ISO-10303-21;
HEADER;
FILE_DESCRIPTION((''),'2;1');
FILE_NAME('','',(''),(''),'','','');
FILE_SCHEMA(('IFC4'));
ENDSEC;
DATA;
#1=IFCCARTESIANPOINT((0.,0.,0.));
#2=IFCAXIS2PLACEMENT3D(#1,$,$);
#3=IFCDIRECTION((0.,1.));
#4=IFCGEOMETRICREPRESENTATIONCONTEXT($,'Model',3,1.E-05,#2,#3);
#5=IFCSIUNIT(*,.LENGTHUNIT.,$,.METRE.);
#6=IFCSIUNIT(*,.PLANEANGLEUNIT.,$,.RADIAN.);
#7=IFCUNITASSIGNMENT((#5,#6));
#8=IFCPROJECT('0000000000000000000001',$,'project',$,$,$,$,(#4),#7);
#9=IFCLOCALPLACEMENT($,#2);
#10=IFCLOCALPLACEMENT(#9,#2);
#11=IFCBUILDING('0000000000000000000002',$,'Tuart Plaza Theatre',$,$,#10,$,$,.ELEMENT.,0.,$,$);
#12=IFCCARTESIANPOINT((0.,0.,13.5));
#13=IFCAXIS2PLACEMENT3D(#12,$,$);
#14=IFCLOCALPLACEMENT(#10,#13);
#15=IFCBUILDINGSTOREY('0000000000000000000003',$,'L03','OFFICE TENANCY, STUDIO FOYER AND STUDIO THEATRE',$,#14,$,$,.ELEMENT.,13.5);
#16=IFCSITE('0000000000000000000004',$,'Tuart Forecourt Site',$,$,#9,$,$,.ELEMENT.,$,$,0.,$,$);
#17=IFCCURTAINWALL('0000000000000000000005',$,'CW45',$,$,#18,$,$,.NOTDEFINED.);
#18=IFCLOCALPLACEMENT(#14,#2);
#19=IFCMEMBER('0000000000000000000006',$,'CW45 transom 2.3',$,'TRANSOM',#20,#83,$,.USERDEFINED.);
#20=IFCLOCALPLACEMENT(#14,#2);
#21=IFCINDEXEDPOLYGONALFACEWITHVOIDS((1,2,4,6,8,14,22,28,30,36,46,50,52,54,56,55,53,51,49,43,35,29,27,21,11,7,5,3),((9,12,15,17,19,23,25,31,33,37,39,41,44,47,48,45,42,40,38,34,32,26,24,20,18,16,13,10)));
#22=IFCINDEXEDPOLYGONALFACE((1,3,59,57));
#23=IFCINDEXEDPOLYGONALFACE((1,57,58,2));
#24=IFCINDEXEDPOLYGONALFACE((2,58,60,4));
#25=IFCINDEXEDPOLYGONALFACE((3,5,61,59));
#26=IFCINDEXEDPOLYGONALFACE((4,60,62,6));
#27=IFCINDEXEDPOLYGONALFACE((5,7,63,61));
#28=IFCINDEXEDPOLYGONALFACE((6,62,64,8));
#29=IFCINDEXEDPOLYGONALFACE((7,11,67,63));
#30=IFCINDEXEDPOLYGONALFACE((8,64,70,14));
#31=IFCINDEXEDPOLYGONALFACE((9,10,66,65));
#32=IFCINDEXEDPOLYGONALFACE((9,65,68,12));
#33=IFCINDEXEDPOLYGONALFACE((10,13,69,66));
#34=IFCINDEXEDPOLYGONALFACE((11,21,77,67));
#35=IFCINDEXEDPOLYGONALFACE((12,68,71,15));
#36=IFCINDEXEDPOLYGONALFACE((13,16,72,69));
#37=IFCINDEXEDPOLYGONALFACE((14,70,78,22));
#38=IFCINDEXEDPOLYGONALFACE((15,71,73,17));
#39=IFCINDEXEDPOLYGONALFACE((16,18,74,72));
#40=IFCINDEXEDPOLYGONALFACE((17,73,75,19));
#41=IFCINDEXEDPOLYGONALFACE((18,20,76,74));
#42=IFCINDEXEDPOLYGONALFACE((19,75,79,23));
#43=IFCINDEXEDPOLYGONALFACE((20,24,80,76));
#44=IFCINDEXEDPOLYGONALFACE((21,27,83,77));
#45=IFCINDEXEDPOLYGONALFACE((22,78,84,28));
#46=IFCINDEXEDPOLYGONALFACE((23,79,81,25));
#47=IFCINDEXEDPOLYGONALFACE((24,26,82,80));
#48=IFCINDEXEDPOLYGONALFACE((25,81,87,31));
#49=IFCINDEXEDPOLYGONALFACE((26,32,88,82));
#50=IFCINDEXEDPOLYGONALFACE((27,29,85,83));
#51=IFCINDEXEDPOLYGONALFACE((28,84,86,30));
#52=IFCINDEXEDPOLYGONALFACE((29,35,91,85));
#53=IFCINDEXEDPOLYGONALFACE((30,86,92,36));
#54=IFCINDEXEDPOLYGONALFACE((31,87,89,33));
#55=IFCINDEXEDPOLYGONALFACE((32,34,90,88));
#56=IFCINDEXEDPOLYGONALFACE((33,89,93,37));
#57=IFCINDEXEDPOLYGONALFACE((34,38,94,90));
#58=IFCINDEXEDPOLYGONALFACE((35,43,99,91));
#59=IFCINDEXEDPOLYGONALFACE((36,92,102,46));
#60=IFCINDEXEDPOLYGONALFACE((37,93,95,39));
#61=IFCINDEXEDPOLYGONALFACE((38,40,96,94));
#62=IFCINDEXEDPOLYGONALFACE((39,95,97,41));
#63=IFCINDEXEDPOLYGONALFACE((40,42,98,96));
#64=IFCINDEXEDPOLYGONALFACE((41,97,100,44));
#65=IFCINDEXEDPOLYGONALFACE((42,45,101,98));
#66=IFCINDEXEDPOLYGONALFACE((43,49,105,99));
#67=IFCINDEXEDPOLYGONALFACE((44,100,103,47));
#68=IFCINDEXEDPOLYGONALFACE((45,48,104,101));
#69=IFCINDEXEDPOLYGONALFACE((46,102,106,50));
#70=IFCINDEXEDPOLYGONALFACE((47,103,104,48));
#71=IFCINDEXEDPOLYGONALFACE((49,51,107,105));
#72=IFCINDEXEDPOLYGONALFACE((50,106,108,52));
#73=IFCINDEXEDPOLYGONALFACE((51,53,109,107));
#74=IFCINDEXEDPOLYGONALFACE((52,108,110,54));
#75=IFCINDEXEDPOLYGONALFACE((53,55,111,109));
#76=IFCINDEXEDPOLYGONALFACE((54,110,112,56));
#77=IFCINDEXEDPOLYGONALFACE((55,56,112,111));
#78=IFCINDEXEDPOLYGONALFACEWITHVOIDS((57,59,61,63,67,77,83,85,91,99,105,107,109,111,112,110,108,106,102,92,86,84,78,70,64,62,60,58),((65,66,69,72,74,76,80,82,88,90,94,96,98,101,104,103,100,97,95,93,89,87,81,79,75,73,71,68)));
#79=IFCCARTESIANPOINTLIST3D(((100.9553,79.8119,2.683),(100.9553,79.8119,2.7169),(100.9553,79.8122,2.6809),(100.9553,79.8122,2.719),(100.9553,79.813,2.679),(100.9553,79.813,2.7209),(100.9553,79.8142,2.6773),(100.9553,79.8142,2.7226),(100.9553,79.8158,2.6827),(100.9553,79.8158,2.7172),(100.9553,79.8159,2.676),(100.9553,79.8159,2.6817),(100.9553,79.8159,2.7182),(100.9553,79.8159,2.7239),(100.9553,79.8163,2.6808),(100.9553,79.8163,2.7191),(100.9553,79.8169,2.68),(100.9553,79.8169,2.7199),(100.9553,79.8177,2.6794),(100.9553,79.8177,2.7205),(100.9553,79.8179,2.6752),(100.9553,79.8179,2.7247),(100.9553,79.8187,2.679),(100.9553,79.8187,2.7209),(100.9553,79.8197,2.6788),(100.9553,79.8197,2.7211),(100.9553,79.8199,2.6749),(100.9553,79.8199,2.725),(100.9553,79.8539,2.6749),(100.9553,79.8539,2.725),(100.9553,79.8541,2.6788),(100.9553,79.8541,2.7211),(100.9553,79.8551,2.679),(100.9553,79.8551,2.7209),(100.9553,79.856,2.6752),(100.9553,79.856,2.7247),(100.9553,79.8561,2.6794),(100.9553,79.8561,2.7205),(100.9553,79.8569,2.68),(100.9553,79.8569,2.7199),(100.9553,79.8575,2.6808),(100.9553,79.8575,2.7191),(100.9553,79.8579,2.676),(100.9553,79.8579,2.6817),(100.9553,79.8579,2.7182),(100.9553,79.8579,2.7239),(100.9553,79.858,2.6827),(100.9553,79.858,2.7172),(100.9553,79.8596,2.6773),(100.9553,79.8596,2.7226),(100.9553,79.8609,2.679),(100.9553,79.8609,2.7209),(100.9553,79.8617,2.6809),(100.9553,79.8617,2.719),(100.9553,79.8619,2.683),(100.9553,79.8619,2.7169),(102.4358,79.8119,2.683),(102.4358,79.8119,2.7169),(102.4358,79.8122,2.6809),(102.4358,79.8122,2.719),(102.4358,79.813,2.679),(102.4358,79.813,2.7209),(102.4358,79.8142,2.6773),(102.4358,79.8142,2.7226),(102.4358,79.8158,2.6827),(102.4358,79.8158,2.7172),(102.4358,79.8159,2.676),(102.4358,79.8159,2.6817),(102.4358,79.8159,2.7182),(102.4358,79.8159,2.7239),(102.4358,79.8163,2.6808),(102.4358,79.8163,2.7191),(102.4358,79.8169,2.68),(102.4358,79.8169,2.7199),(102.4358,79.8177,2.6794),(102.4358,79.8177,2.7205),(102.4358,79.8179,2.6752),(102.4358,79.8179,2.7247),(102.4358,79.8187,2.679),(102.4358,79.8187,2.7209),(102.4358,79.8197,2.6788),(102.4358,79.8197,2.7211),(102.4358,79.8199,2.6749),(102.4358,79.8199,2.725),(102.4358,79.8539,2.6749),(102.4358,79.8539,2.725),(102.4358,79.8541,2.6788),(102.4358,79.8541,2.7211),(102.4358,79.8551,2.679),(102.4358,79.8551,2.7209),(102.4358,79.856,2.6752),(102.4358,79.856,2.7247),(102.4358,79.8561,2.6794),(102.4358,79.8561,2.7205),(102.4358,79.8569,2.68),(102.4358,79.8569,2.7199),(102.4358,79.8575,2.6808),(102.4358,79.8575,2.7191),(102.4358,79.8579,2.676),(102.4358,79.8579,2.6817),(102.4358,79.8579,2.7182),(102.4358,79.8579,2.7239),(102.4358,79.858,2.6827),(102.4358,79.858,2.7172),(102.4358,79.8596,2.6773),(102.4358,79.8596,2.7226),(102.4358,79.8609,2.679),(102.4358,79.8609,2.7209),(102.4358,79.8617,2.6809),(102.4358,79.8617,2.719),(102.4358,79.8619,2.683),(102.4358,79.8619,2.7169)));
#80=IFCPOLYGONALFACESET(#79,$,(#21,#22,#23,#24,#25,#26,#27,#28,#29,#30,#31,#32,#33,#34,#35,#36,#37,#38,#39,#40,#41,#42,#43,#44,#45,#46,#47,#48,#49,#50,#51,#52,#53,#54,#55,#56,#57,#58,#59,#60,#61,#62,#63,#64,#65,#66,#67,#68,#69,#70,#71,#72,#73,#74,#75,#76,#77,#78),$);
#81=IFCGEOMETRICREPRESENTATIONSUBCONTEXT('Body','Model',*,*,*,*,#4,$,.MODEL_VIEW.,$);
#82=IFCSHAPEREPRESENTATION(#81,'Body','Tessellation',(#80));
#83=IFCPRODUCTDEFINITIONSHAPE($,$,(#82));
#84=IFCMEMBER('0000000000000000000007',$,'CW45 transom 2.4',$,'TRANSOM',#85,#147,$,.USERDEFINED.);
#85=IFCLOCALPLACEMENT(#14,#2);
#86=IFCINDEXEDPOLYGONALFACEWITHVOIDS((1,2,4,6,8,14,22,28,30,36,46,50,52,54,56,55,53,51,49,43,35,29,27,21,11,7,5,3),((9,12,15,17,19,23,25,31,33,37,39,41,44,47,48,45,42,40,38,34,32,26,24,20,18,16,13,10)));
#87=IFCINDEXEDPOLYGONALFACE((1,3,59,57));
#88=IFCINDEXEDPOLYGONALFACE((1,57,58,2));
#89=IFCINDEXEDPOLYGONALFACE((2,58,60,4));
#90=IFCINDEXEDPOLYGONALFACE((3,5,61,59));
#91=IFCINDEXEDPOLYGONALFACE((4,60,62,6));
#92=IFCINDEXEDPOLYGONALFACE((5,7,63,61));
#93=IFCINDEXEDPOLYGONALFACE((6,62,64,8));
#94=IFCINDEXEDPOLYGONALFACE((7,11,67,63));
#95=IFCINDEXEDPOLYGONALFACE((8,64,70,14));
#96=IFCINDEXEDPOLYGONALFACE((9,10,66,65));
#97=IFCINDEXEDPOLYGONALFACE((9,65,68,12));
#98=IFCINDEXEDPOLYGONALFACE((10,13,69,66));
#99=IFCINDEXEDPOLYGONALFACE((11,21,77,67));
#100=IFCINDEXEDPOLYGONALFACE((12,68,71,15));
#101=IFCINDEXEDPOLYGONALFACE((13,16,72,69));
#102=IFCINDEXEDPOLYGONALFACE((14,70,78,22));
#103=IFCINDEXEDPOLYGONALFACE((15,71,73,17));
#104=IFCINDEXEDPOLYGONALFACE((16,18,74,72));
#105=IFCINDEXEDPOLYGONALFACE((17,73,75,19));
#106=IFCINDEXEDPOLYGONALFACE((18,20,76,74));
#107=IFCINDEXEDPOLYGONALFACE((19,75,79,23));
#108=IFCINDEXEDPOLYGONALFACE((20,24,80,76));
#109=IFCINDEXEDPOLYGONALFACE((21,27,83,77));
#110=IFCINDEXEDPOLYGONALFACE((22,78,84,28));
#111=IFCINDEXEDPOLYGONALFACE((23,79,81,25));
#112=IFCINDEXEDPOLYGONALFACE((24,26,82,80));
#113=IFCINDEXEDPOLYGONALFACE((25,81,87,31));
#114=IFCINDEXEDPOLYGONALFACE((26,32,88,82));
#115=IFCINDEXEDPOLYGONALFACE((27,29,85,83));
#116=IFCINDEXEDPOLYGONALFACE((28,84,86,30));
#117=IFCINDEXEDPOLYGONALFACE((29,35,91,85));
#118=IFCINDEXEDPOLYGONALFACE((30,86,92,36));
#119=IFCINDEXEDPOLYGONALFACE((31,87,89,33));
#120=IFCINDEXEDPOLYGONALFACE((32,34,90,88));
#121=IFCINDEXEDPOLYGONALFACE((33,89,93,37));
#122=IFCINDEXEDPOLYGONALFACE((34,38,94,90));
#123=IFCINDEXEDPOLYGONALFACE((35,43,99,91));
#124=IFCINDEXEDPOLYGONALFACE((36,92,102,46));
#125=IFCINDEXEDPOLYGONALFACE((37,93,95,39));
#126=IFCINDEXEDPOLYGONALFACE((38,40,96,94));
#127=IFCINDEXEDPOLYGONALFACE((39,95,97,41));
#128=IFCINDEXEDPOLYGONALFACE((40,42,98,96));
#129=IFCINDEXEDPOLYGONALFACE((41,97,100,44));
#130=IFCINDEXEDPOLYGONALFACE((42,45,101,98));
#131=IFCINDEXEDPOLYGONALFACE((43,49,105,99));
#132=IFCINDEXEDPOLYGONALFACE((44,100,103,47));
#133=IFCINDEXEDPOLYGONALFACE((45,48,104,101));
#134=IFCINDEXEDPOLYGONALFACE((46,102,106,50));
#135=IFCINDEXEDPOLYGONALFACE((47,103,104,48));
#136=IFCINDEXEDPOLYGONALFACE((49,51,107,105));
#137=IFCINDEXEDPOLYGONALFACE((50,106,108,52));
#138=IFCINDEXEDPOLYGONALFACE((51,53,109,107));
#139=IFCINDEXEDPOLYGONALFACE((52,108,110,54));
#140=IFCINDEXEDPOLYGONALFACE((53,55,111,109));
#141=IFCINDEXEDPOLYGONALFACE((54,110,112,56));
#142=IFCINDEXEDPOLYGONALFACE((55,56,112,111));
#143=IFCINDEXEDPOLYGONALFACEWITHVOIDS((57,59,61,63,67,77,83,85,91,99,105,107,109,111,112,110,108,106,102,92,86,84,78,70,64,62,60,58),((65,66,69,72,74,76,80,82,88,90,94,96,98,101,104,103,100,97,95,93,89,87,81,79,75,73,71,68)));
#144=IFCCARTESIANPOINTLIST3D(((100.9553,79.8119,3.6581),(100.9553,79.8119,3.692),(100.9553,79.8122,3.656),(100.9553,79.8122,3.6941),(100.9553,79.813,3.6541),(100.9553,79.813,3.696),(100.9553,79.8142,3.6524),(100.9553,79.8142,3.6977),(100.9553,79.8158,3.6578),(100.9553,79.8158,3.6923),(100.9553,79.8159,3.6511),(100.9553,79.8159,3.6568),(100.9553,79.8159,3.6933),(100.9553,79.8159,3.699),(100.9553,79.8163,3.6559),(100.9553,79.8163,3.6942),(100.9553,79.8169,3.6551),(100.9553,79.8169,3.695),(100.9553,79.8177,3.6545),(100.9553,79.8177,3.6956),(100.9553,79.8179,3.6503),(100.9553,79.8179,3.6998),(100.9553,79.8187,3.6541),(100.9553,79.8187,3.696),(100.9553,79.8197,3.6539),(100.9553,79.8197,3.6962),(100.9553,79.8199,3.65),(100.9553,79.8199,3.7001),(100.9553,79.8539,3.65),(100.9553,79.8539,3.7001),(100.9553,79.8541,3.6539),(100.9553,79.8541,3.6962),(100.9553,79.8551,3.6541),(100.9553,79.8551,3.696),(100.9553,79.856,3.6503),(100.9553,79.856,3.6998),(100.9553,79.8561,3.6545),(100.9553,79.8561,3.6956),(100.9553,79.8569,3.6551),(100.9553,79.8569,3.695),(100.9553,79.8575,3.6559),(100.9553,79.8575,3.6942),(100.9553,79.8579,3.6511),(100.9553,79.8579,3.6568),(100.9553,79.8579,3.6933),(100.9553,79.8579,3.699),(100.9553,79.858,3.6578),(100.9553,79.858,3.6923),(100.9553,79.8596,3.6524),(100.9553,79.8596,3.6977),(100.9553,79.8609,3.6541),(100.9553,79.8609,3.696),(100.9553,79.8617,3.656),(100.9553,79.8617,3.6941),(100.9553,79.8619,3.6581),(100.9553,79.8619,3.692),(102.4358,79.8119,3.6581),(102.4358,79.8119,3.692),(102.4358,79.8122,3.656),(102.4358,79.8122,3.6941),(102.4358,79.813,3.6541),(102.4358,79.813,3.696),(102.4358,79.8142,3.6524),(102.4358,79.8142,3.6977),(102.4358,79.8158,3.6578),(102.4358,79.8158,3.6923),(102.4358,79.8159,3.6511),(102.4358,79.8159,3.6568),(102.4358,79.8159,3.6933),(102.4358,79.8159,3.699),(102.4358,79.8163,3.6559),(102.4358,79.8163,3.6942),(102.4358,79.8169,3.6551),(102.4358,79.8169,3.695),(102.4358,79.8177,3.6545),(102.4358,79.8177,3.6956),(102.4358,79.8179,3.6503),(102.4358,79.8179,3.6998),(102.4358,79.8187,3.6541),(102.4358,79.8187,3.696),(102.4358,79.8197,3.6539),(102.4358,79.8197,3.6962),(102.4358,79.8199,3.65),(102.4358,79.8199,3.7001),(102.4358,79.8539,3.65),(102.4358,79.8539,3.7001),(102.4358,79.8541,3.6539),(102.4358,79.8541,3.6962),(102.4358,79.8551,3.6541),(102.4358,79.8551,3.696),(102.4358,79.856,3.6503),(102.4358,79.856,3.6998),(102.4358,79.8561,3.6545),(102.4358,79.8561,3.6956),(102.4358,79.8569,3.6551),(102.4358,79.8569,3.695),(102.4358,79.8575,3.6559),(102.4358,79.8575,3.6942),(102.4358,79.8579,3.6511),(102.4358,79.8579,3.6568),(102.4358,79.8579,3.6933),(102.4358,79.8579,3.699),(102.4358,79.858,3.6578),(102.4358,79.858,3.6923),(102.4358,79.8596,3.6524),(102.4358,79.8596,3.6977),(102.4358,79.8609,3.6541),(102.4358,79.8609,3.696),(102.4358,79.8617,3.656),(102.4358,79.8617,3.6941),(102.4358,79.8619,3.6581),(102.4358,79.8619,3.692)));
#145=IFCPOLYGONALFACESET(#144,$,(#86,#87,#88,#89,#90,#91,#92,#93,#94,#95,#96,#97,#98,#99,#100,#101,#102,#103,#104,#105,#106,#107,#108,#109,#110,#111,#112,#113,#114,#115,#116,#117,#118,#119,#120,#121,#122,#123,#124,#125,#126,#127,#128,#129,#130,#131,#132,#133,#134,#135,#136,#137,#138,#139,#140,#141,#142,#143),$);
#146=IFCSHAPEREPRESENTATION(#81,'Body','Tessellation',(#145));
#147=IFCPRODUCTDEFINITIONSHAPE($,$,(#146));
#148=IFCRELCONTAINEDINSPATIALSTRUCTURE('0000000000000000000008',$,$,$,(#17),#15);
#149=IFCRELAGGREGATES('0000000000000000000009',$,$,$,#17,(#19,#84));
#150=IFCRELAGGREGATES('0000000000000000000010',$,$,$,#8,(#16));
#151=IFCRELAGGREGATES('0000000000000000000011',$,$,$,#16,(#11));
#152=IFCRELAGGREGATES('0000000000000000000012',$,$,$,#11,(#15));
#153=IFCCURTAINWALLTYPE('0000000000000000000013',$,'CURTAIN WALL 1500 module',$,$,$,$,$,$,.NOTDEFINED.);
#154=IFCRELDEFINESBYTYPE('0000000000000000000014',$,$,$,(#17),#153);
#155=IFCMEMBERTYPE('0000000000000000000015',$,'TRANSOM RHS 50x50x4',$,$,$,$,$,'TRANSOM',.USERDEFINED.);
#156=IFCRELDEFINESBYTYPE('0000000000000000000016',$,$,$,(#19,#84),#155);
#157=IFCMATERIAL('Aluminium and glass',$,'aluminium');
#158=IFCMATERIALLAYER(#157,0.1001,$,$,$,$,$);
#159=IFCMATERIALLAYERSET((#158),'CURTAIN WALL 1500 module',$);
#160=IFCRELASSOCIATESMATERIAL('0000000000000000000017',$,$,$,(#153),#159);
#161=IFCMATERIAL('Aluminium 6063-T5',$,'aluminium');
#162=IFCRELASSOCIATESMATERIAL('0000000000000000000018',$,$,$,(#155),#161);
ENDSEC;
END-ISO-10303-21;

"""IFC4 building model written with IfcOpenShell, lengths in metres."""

from ifc_helpers import new_model, si_unit, direction, frame, origin, origin_2d, place, context, subcontext, project, spatial, hollow_rectangle, extrude, material, layer, layer_set, material_profile, profile_set, type_object, element, aggregate, save


model = new_model("IFC4")

# Units and contexts
model_context = context("Model", 3, precision=1e-05, world=origin(), true_north=direction((0.0, 1.0)))
body_context = subcontext(model_context, "Body", "Model", "MODEL_VIEW")
ifc_project = project(units=[si_unit("LENGTHUNIT", "METRE"), si_unit("PLANEANGLEUNIT", "RADIAN")], contexts=[model_context])

# Site, building, storey
site_placement = place(None, origin())
site = spatial("IfcSite", under=ifc_project, at=site_placement, Name="Tuart Forecourt Site", CompositionType="ELEMENT", RefElevation=0.0)
building_placement = place(site_placement, origin())
building = spatial("IfcBuilding", under=site, at=building_placement, Name="Tuart Plaza Theatre", CompositionType="ELEMENT", ElevationOfRefHeight=0.0)
storey_placement = place(building_placement, frame((0.0, 0.0, 13.5)))
storey = spatial("IfcBuildingStorey", under=building, at=storey_placement, Name="L03", Description="OFFICE TENANCY, STUDIO FOYER AND STUDIO THEATRE", CompositionType="ELEMENT", Elevation=13.5)

# Curtain wall, members
ifc_material_1 = material(Name="Aluminium and glass", Category="aluminium")
ifc_layer_1 = layer(ifc_material_1, 0.1001)
ifc_layer_set_1 = layer_set([ifc_layer_1], Name="CURTAIN WALL 1500 module")
curtain_wall_type = type_object("IfcCurtainWallType", Name="CURTAIN WALL 1500 module", PredefinedType="NOTDEFINED", material=ifc_layer_set_1)
curtain_wall_placement = place(storey_placement, origin())
curtain_wall = element("IfcCurtainWall", 1, at=curtain_wall_placement, inside=storey, type_object=curtain_wall_type, Name="CW45", PredefinedType="NOTDEFINED")
ifc_material_2 = material(Name="Aluminium 6063-T5", Category="aluminium")
ifc_material_profile_1 = material_profile(ifc_material_2, hollow_rectangle(XDim=0.05, YDim=0.05, WallThickness=0.0039, InnerFilletRadius=0.0039, OuterFilletRadius=0.0081, at=origin_2d()), Name="RHS 50x50x4")
ifc_profile_set_1 = profile_set([ifc_material_profile_1], Name="Aluminium 6063-T5")
member_type_1 = type_object("IfcMemberType", Name="TRANSOM RHS 50x50x4", ElementType="TRANSOM", PredefinedType="USERDEFINED", material=ifc_profile_set_1)
member_1_placement = place(storey_placement, frame((100.9553, 79.8369, 2.7), z_axis=(1.0, 0.0, 0.0), x_axis=(0.0, 1.0, 0.0)))
member_1 = element("IfcMember", 2, at=member_1_placement, type_object=member_type_1, Name="CW45 transom 2.3", ObjectType="TRANSOM", PredefinedType="USERDEFINED", context=body_context, shape_type="SweptSolid", body=[
    extrude(hollow_rectangle(XDim=0.05, YDim=0.05, WallThickness=0.0039, InnerFilletRadius=0.0039, OuterFilletRadius=0.0081, at=origin_2d()), origin(), (0.0, 0.0, 1.0), 1.4805),
])
member_2_placement = place(storey_placement, frame((100.9553, 79.8369, 3.675), z_axis=(1.0, 0.0, 0.0), x_axis=(0.0, 1.0, 0.0)))
member_2 = element("IfcMember", 3, at=member_2_placement, type_object=member_type_1, Name="CW45 transom 2.4", ObjectType="TRANSOM", PredefinedType="USERDEFINED", context=body_context, shape_type="SweptSolid", body=[
    extrude(hollow_rectangle(XDim=0.05, YDim=0.05, WallThickness=0.0039, InnerFilletRadius=0.0039, OuterFilletRadius=0.0081, at=origin_2d()), origin(), (0.0, 0.0, 1.0), 1.4805),
])
aggregate(curtain_wall, [member_1, member_2])

save(model, "model.ifc")
